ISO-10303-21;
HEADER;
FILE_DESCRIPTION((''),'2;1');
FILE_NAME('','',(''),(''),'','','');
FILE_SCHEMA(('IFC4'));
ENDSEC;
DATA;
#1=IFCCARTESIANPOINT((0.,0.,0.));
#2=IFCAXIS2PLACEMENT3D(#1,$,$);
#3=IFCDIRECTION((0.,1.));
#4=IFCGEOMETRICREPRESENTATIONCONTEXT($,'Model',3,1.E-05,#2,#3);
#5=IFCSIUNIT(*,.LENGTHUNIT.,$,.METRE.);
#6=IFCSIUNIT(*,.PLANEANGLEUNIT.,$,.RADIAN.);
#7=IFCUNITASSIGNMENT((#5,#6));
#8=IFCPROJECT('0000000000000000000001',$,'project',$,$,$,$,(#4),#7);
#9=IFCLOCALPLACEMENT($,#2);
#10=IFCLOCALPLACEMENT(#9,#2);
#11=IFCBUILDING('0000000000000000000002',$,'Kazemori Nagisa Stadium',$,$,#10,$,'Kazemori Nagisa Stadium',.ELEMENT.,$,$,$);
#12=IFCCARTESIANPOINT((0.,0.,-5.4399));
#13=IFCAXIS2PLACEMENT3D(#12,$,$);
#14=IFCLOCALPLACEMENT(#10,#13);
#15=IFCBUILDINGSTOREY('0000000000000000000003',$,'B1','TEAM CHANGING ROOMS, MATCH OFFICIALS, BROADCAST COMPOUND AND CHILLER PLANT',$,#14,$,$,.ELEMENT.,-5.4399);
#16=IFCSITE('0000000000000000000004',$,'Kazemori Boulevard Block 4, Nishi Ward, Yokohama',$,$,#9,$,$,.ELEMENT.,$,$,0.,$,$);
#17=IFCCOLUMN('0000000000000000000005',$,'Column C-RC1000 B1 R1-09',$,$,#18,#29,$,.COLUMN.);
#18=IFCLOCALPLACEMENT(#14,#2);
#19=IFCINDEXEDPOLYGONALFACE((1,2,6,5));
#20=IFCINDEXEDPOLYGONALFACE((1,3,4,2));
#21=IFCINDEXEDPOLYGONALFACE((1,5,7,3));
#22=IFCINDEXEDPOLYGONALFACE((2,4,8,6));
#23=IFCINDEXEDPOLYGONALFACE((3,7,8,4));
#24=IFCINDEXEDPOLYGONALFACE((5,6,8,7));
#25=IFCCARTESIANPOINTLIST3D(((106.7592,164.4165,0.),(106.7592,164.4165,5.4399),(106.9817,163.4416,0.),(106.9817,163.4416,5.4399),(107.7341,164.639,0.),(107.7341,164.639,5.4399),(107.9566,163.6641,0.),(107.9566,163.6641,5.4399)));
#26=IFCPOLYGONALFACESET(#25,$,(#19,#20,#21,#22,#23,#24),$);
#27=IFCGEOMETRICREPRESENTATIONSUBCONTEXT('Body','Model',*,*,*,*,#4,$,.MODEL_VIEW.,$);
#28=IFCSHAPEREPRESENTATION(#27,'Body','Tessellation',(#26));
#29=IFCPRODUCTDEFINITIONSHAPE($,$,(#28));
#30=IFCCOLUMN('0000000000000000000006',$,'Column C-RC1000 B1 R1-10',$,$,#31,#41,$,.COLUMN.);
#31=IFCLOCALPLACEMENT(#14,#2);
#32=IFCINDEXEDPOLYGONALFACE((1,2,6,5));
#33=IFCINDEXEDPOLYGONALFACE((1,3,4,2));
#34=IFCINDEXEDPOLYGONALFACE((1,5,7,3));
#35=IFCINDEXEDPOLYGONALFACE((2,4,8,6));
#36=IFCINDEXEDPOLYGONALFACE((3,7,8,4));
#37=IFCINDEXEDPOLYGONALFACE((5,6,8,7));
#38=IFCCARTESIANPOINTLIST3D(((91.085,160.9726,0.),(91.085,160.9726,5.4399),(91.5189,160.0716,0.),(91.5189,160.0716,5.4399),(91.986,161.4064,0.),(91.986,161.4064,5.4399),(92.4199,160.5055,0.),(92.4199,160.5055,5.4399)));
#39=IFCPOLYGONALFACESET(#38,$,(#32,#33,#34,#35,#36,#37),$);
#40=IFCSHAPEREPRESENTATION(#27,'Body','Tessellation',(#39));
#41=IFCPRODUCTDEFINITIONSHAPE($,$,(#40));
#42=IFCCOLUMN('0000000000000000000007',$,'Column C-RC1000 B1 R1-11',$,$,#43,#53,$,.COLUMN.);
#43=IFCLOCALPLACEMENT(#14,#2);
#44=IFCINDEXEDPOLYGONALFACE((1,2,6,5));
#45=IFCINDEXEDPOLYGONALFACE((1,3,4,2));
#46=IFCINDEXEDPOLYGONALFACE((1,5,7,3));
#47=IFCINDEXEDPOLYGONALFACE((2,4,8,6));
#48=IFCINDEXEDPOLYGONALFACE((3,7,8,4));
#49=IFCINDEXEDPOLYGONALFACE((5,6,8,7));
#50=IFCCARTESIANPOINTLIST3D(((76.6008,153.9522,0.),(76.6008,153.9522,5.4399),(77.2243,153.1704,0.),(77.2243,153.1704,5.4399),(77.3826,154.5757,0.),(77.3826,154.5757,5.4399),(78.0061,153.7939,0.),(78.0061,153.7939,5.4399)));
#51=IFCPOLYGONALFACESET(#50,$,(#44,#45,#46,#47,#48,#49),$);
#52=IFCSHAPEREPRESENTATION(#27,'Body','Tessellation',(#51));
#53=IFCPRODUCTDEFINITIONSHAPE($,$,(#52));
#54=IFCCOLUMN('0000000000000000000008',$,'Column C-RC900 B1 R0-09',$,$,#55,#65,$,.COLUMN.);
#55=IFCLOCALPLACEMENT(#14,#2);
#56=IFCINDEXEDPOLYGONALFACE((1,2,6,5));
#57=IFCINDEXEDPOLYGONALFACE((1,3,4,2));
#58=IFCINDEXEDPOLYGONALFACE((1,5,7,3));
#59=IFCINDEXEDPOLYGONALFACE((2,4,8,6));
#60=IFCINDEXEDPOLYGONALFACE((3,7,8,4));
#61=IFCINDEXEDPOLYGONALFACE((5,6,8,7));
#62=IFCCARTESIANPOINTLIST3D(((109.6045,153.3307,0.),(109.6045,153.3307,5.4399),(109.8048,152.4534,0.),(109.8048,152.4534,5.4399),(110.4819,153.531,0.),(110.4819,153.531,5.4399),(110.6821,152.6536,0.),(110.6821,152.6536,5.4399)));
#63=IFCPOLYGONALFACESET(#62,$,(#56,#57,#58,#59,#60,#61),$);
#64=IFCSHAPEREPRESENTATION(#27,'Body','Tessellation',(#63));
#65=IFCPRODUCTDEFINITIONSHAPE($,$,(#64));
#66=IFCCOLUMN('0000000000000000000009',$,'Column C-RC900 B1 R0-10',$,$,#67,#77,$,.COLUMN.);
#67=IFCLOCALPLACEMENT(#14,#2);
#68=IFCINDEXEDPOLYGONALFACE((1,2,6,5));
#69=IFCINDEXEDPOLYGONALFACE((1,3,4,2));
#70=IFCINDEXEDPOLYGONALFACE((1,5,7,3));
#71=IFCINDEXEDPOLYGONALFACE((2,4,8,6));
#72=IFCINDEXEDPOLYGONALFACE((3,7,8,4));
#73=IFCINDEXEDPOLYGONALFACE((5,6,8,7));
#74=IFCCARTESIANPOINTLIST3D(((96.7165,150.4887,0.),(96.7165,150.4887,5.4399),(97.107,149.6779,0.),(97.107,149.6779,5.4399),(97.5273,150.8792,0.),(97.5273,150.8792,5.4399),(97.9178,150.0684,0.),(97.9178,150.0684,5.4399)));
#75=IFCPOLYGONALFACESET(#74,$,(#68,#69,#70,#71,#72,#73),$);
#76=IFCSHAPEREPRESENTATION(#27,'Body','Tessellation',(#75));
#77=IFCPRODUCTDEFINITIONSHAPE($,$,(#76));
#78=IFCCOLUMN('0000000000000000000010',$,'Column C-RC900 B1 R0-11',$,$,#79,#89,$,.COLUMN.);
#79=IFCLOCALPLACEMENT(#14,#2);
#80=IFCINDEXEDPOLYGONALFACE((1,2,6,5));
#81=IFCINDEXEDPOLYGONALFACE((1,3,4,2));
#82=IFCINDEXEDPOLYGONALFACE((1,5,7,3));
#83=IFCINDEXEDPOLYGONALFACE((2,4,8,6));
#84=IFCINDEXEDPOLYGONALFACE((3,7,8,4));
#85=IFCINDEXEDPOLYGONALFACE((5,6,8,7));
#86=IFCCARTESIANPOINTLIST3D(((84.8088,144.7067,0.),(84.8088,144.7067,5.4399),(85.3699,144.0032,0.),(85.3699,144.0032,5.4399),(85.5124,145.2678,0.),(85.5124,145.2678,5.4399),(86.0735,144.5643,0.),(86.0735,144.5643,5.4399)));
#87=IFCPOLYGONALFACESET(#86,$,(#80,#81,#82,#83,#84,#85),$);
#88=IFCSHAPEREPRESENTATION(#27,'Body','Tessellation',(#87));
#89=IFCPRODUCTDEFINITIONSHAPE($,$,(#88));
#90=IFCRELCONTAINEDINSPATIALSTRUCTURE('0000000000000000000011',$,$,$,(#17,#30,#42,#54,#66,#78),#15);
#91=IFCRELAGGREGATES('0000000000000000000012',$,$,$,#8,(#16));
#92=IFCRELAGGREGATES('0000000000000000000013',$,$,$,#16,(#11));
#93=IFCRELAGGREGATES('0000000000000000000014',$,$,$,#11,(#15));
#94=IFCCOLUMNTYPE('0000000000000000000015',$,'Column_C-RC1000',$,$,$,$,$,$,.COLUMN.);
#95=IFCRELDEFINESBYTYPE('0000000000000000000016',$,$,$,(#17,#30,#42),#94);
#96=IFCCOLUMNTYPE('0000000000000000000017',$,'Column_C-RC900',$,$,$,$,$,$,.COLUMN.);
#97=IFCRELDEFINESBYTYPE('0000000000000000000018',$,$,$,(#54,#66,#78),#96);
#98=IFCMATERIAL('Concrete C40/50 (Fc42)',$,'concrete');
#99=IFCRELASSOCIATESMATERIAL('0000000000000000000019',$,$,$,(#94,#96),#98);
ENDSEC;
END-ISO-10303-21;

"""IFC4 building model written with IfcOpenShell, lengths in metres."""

from ifc_helpers import new_model, si_unit, direction, frame, origin, origin_2d, place, context, subcontext, project, spatial, rectangle, extrude, material, material_profile, profile_set, type_object, element, save


model = new_model("IFC4")

# Units and contexts
model_context = context("Model", 3, precision=1e-05, world=origin(), true_north=direction((0.0, 1.0)))
body_context = subcontext(model_context, "Body", "Model", "MODEL_VIEW")
ifc_project = project(units=[si_unit("LENGTHUNIT", "METRE"), si_unit("PLANEANGLEUNIT", "RADIAN")], contexts=[model_context])

# Site, building, storey
site_placement = place(None, origin())
site = spatial("IfcSite", under=ifc_project, at=site_placement, Name="Kazemori Boulevard Block 4, Nishi Ward, Yokohama", CompositionType="ELEMENT", RefElevation=0.0)
building_placement = place(site_placement, origin())
building = spatial("IfcBuilding", under=site, at=building_placement, Name="Kazemori Nagisa Stadium", LongName="Kazemori Nagisa Stadium", CompositionType="ELEMENT")
storey_placement = place(building_placement, frame((0.0, 0.0, -5.4399)))
storey = spatial("IfcBuildingStorey", under=building, at=storey_placement, Name="B1", Description="TEAM CHANGING ROOMS, MATCH OFFICIALS, BROADCAST COMPOUND AND CHILLER PLANT", CompositionType="ELEMENT", Elevation=-5.4399)

# Shared definitions
ifc_material_1 = material(Name="Concrete C40/50 (Fc42)", Category="concrete")

# Columns
ifc_material_profile_1 = material_profile(ifc_material_1, rectangle(XDim=1.0, YDim=1.0, at=origin_2d()), Name="RC-COL-1000x1000")
ifc_profile_set_1 = profile_set([ifc_material_profile_1], Name="Concrete C40/50 (Fc42)")
column_type_1 = type_object("IfcColumnType", Name="Column_C-RC1000", PredefinedType="COLUMN", material=ifc_profile_set_1)
for number, where, z_axis, x_axis, name in (
    (1, (107.3579, 164.0403, 0.0), (0.0, 0.0, 1.0), (-0.222521, 0.974928, 0.0), "Column C-RC1000 B1 R1-09"),
    (2, (91.7524, 160.739, 0.0), (0.0, 0.0, 1.0), (-0.433884, 0.900969, 0.0), "Column C-RC1000 B1 R1-10"),
    (3, (77.3035, 153.873, 0.0), (0.0, 0.0, 1.0), (-0.62349, 0.781831, 0.0), "Column C-RC1000 B1 R1-11"),
):
    element("IfcColumn", number, at=place(storey_placement, frame(where, z_axis=z_axis, x_axis=x_axis)), inside=storey, type_object=column_type_1, Name=name, PredefinedType="COLUMN", context=body_context, shape_type="SweptSolid", body=[
        extrude(rectangle(XDim=1.0, YDim=1.0, at=origin_2d()), origin(), (0.0, 0.0, 1.0), 5.4399),
    ])
ifc_material_profile_2 = material_profile(ifc_material_1, rectangle(XDim=0.8999, YDim=0.8999, at=origin_2d()), Name="RC-COL-900x900")
ifc_profile_set_2 = profile_set([ifc_material_profile_2], Name="Concrete C40/50 (Fc42)")
column_type_2 = type_object("IfcColumnType", Name="Column_C-RC900", PredefinedType="COLUMN", material=ifc_profile_set_2)
for number, where, z_axis, x_axis, name in (
    (4, (110.1433, 152.9922, 0.0), (0.0, 0.0, 1.0), (-0.222521, 0.974928, 0.0), "Column C-RC900 B1 R0-09"),
    (5, (97.3171, 150.2786, 0.0), (0.0, 0.0, 1.0), (-0.433884, 0.900969, 0.0), "Column C-RC900 B1 R0-10"),
    (6, (85.4412, 144.6355, 0.0), (0.0, 0.0, 1.0), (-0.62349, 0.781831, 0.0), "Column C-RC900 B1 R0-11"),
):
    element("IfcColumn", number, at=place(storey_placement, frame(where, z_axis=z_axis, x_axis=x_axis)), inside=storey, type_object=column_type_2, Name=name, PredefinedType="COLUMN", context=body_context, shape_type="SweptSolid", body=[
        extrude(rectangle(XDim=0.8999, YDim=0.8999, at=origin_2d()), origin(), (0.0, 0.0, 1.0), 5.4399),
    ])

save(model, "model.ifc")
